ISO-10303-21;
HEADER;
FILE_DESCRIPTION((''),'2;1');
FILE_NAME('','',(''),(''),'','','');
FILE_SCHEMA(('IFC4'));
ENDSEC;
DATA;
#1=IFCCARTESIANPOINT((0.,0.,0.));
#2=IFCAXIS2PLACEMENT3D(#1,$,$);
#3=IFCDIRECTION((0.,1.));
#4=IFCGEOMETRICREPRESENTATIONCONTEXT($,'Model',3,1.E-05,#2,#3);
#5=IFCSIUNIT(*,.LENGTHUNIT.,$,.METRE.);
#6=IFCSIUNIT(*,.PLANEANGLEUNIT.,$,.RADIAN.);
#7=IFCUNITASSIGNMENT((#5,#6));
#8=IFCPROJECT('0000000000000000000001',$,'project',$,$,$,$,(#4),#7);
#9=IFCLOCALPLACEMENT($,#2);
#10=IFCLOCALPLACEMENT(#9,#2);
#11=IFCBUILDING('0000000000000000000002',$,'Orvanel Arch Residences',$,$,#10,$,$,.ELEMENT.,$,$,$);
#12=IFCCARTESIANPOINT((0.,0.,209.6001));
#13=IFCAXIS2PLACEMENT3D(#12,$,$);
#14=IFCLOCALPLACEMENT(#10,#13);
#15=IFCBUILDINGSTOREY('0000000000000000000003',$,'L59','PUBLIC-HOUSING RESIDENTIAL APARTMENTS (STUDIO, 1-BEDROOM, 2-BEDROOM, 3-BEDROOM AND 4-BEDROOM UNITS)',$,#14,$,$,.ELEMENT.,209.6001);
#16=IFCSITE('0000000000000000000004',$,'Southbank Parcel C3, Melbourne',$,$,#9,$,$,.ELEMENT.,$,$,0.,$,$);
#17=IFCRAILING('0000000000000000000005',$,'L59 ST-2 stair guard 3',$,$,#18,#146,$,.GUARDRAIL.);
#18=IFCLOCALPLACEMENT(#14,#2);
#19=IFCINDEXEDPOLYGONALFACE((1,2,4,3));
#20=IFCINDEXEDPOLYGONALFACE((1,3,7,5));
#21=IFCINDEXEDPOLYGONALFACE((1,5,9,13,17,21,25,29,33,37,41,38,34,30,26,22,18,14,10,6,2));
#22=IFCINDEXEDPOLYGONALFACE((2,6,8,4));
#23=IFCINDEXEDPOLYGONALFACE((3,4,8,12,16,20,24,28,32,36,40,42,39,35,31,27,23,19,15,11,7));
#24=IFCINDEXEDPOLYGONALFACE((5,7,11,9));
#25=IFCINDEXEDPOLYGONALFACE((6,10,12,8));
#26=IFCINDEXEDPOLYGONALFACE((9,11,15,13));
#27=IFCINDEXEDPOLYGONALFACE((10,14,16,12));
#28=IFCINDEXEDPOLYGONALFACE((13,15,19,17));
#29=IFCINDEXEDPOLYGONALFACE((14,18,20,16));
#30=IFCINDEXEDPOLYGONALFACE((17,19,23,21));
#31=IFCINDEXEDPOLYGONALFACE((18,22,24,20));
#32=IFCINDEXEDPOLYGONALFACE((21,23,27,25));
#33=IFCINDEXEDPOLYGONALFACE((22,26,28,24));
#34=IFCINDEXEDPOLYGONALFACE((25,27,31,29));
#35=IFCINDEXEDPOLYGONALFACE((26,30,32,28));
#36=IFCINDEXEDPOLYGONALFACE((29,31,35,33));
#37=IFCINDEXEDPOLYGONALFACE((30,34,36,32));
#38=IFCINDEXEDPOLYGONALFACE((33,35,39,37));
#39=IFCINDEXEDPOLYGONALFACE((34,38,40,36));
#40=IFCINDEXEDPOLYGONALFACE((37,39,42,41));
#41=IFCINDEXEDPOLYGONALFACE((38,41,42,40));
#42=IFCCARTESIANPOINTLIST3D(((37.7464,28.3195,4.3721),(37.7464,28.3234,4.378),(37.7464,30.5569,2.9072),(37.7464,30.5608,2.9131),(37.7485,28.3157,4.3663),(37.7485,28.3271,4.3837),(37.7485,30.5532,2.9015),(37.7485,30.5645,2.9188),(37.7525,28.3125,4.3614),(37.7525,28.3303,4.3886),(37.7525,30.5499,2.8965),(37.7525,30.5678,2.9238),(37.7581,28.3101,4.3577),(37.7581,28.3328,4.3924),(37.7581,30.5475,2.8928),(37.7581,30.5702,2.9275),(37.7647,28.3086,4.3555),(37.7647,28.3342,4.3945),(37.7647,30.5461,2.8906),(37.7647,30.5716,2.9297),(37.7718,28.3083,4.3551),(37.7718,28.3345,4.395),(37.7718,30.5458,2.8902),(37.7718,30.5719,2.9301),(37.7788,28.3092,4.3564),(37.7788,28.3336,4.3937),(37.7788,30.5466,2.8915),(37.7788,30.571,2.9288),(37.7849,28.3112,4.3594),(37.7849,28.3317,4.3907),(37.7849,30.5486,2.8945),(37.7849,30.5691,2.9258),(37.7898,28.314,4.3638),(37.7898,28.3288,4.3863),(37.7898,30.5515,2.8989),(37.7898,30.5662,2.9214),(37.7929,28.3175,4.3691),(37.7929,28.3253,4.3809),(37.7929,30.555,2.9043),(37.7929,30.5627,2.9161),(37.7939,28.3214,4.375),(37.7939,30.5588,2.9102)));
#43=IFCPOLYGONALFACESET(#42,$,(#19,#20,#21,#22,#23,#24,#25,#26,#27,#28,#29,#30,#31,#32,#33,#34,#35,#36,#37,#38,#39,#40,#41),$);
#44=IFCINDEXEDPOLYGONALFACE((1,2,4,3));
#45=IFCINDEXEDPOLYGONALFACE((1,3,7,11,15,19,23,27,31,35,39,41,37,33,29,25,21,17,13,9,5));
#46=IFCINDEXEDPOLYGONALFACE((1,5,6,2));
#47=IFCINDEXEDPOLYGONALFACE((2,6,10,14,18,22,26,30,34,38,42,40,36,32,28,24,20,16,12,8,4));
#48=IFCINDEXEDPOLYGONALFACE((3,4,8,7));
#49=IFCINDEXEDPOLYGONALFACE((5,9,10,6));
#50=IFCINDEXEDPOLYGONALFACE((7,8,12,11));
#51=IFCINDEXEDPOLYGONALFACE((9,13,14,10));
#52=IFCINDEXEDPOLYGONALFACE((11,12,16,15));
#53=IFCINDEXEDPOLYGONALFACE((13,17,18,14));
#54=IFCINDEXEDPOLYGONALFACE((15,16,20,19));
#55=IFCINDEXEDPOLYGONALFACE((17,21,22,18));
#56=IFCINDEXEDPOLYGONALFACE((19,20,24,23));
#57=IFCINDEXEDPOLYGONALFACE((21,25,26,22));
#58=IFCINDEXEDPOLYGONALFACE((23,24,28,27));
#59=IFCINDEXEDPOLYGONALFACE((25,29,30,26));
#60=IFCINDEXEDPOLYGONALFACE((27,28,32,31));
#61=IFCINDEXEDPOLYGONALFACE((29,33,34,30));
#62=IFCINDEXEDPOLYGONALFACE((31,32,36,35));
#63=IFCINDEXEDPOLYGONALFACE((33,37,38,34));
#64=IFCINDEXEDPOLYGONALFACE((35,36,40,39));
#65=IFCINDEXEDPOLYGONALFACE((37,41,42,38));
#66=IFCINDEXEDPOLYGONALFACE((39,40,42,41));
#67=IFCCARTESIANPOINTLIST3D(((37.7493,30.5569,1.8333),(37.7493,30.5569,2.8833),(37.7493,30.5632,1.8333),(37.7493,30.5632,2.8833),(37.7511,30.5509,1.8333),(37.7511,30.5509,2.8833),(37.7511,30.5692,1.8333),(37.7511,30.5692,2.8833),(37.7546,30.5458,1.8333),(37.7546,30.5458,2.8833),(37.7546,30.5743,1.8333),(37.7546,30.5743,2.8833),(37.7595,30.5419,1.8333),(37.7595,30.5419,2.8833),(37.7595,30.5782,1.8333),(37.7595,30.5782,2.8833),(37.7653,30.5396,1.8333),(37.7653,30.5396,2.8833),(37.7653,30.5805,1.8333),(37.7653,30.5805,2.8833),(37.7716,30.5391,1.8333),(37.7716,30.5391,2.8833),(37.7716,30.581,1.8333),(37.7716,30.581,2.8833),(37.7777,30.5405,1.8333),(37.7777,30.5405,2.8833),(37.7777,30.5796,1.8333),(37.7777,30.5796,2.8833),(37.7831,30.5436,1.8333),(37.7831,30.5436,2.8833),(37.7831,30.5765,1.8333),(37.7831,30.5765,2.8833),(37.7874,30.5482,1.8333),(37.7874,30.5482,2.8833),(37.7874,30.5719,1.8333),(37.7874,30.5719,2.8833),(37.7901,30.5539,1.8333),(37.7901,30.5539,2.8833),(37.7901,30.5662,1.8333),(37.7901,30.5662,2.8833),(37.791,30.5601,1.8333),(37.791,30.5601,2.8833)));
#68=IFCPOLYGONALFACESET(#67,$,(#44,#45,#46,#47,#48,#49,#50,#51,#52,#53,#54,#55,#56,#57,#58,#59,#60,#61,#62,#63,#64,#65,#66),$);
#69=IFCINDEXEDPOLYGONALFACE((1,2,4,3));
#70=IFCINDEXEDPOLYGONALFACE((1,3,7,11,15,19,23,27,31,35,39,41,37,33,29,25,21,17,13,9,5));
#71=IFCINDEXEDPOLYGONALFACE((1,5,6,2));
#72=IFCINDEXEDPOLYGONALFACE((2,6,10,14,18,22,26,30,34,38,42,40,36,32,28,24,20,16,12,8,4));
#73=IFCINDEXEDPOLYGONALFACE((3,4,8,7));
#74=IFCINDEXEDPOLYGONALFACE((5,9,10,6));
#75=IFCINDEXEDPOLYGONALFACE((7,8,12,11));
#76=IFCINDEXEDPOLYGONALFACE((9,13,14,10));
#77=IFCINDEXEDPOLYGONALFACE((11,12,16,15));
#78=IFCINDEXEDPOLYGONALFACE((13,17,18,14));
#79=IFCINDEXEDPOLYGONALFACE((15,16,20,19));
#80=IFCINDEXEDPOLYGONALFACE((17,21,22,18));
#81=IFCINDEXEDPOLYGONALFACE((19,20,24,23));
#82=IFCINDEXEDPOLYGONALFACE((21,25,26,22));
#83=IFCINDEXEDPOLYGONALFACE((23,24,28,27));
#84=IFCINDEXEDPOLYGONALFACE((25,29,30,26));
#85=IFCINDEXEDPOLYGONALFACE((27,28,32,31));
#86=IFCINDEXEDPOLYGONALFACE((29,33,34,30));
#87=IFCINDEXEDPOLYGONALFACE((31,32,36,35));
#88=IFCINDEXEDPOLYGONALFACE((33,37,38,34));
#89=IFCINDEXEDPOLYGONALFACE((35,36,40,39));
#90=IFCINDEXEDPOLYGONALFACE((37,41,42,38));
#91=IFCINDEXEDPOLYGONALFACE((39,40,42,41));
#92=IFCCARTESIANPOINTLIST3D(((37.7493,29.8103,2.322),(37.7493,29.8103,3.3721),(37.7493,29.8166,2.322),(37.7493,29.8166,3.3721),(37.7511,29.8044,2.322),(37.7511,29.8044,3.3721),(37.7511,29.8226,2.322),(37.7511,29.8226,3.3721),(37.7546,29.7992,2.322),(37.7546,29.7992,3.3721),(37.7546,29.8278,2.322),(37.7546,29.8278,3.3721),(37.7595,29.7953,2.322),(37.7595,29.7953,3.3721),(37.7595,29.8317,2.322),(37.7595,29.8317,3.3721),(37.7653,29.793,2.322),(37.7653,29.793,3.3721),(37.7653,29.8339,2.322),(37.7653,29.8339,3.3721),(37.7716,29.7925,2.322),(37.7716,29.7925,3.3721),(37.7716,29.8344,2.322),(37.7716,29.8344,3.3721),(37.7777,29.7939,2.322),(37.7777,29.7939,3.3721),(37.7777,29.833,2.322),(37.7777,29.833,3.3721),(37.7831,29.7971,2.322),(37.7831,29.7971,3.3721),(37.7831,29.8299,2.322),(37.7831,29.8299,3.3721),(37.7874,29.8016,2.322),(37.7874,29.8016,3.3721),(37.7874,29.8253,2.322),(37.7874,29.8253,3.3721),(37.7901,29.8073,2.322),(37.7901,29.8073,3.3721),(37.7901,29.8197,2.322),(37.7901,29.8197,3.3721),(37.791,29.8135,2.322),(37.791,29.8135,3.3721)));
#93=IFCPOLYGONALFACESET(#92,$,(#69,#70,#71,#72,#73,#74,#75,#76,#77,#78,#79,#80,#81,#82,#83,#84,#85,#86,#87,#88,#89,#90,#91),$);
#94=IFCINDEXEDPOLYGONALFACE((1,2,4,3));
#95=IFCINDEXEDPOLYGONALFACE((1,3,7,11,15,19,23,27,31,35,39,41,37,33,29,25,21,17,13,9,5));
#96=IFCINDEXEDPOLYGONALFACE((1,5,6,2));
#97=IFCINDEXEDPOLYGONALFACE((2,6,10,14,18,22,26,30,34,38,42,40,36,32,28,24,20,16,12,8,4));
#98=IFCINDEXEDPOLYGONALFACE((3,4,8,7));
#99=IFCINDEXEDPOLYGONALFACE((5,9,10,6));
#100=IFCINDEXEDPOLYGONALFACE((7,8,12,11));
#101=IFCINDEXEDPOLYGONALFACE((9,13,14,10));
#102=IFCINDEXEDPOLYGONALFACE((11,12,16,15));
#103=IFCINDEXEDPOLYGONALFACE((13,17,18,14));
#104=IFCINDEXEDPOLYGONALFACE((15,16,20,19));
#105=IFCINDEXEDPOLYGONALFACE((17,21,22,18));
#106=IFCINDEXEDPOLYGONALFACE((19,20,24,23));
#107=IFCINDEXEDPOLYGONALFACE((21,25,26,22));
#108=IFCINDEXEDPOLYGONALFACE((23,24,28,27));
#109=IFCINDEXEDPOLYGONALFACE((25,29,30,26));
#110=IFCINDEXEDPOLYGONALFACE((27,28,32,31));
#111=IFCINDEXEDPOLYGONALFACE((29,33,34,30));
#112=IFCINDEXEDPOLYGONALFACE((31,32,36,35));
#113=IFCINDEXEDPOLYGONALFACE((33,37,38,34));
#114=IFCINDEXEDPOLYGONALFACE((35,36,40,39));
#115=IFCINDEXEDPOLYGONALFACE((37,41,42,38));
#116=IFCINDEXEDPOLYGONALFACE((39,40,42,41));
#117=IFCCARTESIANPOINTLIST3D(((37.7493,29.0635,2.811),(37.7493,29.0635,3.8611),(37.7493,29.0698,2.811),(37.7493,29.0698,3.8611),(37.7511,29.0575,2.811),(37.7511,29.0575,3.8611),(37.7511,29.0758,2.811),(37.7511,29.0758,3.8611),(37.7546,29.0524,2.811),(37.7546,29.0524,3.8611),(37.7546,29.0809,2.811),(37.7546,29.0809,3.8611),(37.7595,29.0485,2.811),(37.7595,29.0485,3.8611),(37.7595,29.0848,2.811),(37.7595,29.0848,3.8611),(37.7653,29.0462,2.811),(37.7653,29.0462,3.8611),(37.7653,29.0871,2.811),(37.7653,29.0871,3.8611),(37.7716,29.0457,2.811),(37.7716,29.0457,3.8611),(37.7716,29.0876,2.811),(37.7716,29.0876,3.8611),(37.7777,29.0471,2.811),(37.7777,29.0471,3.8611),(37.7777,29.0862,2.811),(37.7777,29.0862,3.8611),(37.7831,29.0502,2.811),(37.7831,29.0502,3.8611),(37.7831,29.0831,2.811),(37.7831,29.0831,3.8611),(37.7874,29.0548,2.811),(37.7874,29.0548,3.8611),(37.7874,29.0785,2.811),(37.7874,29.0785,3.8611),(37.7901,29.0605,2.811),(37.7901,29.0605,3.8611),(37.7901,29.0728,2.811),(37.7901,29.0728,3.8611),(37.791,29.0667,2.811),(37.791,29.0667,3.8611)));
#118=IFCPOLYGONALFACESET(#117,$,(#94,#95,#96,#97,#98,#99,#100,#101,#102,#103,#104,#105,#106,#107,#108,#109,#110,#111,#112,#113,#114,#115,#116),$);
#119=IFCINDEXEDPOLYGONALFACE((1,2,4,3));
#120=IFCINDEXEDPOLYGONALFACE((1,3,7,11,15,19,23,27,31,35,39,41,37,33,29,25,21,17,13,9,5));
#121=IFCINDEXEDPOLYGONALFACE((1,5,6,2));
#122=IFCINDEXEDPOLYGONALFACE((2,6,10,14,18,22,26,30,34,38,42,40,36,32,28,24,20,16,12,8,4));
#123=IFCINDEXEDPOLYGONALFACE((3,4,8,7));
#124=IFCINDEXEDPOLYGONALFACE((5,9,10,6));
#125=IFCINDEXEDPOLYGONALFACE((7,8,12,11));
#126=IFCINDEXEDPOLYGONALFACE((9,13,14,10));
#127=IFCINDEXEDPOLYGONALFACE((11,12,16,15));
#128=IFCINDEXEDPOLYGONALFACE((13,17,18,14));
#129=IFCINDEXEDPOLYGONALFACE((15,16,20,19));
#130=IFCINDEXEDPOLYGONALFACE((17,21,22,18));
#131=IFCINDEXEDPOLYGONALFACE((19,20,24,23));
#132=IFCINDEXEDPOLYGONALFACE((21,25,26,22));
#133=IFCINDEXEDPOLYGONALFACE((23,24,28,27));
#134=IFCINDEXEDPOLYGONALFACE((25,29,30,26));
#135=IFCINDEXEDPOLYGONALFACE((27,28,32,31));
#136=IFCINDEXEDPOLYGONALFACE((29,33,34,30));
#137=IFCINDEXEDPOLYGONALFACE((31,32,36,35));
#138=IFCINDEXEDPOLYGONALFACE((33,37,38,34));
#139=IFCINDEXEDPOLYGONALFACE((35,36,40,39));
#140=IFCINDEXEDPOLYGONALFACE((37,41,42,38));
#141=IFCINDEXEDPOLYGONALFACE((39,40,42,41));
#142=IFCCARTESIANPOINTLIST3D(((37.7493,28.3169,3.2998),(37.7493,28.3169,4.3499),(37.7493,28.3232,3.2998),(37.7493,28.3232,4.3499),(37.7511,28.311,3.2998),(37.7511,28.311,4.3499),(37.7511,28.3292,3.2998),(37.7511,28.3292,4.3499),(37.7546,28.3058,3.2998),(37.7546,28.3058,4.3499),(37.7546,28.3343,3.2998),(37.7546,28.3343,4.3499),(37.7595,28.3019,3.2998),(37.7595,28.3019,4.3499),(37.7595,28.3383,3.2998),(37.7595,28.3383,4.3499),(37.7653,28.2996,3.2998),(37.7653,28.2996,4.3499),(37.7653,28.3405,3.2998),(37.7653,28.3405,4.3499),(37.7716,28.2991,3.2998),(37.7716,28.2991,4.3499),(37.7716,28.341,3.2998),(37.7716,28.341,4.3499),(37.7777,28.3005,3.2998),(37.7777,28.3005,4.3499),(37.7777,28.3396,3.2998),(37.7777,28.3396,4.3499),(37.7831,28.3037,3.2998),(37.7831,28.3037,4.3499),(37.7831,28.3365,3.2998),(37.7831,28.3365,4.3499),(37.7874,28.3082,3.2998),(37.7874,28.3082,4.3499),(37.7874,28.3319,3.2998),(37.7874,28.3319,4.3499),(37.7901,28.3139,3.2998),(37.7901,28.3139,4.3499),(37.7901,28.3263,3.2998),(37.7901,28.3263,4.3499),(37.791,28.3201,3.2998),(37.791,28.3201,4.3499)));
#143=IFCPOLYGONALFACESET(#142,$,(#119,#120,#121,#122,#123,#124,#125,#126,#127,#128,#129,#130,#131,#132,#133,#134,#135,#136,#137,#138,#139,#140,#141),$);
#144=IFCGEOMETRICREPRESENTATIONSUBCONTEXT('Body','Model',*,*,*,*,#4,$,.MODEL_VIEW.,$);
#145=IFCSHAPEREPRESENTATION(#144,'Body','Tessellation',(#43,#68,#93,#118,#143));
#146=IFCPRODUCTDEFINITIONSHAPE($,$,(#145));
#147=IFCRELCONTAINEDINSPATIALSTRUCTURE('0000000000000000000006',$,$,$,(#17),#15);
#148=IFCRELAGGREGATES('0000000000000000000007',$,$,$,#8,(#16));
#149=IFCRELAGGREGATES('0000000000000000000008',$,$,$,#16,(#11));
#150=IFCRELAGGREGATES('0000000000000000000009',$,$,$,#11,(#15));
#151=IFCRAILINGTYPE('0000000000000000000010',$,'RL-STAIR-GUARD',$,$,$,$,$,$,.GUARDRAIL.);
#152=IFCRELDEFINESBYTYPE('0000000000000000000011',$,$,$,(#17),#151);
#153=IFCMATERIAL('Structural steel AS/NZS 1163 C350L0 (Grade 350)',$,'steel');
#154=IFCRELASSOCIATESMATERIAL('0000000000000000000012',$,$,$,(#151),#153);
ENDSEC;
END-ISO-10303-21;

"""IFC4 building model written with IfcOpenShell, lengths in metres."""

from ifc_helpers import new_model, si_unit, direction, frame, origin, origin_2d, place, context, subcontext, project, spatial, circle, extrude, material, type_object, element, save


model = new_model("IFC4")

# Units and contexts
model_context = context("Model", 3, precision=1e-05, world=origin(), true_north=direction((0.0, 1.0)))
body_context = subcontext(model_context, "Body", "Model", "MODEL_VIEW")
ifc_project = project(units=[si_unit("LENGTHUNIT", "METRE"), si_unit("PLANEANGLEUNIT", "RADIAN")], contexts=[model_context])

# Site, building, storey
site_placement = place(None, origin())
site = spatial("IfcSite", under=ifc_project, at=site_placement, Name="Southbank Parcel C3, Melbourne", CompositionType="ELEMENT", RefElevation=0.0)
building_placement = place(site_placement, origin())
building = spatial("IfcBuilding", under=site, at=building_placement, Name="Orvanel Arch Residences", CompositionType="ELEMENT")
storey_placement = place(building_placement, frame((0.0, 0.0, 209.6001)))
storey = spatial("IfcBuildingStorey", under=building, at=storey_placement, Name="L59", Description="PUBLIC-HOUSING RESIDENTIAL APARTMENTS (STUDIO, 1-BEDROOM, 2-BEDROOM, 3-BEDROOM AND 4-BEDROOM UNITS)", CompositionType="ELEMENT", Elevation=209.6001)

# Railing
ifc_material_1 = material(Name="Structural steel AS/NZS 1163 C350L0 (Grade 350)", Category="steel")
railing_type_1 = type_object("IfcRailingType", Name="RL-STAIR-GUARD", PredefinedType="GUARDRAIL", material=ifc_material_1)
railing_1_placement = place(storey_placement, frame((37.77, 30.5601, 1.8333)))
element("IfcRailing", 1, at=railing_1_placement, inside=storey, type_object=railing_type_1, Name="L59 ST-2 stair guard 3", PredefinedType="GUARDRAIL", context=body_context, shape_type="SweptSolid", body=[
    extrude(circle(Radius=0.0239, at=origin_2d()), frame((0.0, -0.0012, 1.0769), z_axis=(0.0, -0.836637, 0.547758), x_axis=(1.0, 0.0, 0.0)), (0.0, 0.0, 1.0), 2.6743),
    extrude(circle(Radius=0.021, at=origin_2d()), origin(), (0.0, 0.0, 1.0), 1.05),
    extrude(circle(Radius=0.021, at=origin_2d()), frame((0.0, -0.7466, 0.4888)), (0.0, 0.0, 1.0), 1.05),
    extrude(circle(Radius=0.021, at=origin_2d()), frame((0.0, -1.4934, 0.9778)), (0.0, 0.0, 1.0), 1.05),
    extrude(circle(Radius=0.021, at=origin_2d()), frame((0.0, -2.24, 1.4666)), (0.0, 0.0, 1.0), 1.05),
])

save(model, "model.ifc")
